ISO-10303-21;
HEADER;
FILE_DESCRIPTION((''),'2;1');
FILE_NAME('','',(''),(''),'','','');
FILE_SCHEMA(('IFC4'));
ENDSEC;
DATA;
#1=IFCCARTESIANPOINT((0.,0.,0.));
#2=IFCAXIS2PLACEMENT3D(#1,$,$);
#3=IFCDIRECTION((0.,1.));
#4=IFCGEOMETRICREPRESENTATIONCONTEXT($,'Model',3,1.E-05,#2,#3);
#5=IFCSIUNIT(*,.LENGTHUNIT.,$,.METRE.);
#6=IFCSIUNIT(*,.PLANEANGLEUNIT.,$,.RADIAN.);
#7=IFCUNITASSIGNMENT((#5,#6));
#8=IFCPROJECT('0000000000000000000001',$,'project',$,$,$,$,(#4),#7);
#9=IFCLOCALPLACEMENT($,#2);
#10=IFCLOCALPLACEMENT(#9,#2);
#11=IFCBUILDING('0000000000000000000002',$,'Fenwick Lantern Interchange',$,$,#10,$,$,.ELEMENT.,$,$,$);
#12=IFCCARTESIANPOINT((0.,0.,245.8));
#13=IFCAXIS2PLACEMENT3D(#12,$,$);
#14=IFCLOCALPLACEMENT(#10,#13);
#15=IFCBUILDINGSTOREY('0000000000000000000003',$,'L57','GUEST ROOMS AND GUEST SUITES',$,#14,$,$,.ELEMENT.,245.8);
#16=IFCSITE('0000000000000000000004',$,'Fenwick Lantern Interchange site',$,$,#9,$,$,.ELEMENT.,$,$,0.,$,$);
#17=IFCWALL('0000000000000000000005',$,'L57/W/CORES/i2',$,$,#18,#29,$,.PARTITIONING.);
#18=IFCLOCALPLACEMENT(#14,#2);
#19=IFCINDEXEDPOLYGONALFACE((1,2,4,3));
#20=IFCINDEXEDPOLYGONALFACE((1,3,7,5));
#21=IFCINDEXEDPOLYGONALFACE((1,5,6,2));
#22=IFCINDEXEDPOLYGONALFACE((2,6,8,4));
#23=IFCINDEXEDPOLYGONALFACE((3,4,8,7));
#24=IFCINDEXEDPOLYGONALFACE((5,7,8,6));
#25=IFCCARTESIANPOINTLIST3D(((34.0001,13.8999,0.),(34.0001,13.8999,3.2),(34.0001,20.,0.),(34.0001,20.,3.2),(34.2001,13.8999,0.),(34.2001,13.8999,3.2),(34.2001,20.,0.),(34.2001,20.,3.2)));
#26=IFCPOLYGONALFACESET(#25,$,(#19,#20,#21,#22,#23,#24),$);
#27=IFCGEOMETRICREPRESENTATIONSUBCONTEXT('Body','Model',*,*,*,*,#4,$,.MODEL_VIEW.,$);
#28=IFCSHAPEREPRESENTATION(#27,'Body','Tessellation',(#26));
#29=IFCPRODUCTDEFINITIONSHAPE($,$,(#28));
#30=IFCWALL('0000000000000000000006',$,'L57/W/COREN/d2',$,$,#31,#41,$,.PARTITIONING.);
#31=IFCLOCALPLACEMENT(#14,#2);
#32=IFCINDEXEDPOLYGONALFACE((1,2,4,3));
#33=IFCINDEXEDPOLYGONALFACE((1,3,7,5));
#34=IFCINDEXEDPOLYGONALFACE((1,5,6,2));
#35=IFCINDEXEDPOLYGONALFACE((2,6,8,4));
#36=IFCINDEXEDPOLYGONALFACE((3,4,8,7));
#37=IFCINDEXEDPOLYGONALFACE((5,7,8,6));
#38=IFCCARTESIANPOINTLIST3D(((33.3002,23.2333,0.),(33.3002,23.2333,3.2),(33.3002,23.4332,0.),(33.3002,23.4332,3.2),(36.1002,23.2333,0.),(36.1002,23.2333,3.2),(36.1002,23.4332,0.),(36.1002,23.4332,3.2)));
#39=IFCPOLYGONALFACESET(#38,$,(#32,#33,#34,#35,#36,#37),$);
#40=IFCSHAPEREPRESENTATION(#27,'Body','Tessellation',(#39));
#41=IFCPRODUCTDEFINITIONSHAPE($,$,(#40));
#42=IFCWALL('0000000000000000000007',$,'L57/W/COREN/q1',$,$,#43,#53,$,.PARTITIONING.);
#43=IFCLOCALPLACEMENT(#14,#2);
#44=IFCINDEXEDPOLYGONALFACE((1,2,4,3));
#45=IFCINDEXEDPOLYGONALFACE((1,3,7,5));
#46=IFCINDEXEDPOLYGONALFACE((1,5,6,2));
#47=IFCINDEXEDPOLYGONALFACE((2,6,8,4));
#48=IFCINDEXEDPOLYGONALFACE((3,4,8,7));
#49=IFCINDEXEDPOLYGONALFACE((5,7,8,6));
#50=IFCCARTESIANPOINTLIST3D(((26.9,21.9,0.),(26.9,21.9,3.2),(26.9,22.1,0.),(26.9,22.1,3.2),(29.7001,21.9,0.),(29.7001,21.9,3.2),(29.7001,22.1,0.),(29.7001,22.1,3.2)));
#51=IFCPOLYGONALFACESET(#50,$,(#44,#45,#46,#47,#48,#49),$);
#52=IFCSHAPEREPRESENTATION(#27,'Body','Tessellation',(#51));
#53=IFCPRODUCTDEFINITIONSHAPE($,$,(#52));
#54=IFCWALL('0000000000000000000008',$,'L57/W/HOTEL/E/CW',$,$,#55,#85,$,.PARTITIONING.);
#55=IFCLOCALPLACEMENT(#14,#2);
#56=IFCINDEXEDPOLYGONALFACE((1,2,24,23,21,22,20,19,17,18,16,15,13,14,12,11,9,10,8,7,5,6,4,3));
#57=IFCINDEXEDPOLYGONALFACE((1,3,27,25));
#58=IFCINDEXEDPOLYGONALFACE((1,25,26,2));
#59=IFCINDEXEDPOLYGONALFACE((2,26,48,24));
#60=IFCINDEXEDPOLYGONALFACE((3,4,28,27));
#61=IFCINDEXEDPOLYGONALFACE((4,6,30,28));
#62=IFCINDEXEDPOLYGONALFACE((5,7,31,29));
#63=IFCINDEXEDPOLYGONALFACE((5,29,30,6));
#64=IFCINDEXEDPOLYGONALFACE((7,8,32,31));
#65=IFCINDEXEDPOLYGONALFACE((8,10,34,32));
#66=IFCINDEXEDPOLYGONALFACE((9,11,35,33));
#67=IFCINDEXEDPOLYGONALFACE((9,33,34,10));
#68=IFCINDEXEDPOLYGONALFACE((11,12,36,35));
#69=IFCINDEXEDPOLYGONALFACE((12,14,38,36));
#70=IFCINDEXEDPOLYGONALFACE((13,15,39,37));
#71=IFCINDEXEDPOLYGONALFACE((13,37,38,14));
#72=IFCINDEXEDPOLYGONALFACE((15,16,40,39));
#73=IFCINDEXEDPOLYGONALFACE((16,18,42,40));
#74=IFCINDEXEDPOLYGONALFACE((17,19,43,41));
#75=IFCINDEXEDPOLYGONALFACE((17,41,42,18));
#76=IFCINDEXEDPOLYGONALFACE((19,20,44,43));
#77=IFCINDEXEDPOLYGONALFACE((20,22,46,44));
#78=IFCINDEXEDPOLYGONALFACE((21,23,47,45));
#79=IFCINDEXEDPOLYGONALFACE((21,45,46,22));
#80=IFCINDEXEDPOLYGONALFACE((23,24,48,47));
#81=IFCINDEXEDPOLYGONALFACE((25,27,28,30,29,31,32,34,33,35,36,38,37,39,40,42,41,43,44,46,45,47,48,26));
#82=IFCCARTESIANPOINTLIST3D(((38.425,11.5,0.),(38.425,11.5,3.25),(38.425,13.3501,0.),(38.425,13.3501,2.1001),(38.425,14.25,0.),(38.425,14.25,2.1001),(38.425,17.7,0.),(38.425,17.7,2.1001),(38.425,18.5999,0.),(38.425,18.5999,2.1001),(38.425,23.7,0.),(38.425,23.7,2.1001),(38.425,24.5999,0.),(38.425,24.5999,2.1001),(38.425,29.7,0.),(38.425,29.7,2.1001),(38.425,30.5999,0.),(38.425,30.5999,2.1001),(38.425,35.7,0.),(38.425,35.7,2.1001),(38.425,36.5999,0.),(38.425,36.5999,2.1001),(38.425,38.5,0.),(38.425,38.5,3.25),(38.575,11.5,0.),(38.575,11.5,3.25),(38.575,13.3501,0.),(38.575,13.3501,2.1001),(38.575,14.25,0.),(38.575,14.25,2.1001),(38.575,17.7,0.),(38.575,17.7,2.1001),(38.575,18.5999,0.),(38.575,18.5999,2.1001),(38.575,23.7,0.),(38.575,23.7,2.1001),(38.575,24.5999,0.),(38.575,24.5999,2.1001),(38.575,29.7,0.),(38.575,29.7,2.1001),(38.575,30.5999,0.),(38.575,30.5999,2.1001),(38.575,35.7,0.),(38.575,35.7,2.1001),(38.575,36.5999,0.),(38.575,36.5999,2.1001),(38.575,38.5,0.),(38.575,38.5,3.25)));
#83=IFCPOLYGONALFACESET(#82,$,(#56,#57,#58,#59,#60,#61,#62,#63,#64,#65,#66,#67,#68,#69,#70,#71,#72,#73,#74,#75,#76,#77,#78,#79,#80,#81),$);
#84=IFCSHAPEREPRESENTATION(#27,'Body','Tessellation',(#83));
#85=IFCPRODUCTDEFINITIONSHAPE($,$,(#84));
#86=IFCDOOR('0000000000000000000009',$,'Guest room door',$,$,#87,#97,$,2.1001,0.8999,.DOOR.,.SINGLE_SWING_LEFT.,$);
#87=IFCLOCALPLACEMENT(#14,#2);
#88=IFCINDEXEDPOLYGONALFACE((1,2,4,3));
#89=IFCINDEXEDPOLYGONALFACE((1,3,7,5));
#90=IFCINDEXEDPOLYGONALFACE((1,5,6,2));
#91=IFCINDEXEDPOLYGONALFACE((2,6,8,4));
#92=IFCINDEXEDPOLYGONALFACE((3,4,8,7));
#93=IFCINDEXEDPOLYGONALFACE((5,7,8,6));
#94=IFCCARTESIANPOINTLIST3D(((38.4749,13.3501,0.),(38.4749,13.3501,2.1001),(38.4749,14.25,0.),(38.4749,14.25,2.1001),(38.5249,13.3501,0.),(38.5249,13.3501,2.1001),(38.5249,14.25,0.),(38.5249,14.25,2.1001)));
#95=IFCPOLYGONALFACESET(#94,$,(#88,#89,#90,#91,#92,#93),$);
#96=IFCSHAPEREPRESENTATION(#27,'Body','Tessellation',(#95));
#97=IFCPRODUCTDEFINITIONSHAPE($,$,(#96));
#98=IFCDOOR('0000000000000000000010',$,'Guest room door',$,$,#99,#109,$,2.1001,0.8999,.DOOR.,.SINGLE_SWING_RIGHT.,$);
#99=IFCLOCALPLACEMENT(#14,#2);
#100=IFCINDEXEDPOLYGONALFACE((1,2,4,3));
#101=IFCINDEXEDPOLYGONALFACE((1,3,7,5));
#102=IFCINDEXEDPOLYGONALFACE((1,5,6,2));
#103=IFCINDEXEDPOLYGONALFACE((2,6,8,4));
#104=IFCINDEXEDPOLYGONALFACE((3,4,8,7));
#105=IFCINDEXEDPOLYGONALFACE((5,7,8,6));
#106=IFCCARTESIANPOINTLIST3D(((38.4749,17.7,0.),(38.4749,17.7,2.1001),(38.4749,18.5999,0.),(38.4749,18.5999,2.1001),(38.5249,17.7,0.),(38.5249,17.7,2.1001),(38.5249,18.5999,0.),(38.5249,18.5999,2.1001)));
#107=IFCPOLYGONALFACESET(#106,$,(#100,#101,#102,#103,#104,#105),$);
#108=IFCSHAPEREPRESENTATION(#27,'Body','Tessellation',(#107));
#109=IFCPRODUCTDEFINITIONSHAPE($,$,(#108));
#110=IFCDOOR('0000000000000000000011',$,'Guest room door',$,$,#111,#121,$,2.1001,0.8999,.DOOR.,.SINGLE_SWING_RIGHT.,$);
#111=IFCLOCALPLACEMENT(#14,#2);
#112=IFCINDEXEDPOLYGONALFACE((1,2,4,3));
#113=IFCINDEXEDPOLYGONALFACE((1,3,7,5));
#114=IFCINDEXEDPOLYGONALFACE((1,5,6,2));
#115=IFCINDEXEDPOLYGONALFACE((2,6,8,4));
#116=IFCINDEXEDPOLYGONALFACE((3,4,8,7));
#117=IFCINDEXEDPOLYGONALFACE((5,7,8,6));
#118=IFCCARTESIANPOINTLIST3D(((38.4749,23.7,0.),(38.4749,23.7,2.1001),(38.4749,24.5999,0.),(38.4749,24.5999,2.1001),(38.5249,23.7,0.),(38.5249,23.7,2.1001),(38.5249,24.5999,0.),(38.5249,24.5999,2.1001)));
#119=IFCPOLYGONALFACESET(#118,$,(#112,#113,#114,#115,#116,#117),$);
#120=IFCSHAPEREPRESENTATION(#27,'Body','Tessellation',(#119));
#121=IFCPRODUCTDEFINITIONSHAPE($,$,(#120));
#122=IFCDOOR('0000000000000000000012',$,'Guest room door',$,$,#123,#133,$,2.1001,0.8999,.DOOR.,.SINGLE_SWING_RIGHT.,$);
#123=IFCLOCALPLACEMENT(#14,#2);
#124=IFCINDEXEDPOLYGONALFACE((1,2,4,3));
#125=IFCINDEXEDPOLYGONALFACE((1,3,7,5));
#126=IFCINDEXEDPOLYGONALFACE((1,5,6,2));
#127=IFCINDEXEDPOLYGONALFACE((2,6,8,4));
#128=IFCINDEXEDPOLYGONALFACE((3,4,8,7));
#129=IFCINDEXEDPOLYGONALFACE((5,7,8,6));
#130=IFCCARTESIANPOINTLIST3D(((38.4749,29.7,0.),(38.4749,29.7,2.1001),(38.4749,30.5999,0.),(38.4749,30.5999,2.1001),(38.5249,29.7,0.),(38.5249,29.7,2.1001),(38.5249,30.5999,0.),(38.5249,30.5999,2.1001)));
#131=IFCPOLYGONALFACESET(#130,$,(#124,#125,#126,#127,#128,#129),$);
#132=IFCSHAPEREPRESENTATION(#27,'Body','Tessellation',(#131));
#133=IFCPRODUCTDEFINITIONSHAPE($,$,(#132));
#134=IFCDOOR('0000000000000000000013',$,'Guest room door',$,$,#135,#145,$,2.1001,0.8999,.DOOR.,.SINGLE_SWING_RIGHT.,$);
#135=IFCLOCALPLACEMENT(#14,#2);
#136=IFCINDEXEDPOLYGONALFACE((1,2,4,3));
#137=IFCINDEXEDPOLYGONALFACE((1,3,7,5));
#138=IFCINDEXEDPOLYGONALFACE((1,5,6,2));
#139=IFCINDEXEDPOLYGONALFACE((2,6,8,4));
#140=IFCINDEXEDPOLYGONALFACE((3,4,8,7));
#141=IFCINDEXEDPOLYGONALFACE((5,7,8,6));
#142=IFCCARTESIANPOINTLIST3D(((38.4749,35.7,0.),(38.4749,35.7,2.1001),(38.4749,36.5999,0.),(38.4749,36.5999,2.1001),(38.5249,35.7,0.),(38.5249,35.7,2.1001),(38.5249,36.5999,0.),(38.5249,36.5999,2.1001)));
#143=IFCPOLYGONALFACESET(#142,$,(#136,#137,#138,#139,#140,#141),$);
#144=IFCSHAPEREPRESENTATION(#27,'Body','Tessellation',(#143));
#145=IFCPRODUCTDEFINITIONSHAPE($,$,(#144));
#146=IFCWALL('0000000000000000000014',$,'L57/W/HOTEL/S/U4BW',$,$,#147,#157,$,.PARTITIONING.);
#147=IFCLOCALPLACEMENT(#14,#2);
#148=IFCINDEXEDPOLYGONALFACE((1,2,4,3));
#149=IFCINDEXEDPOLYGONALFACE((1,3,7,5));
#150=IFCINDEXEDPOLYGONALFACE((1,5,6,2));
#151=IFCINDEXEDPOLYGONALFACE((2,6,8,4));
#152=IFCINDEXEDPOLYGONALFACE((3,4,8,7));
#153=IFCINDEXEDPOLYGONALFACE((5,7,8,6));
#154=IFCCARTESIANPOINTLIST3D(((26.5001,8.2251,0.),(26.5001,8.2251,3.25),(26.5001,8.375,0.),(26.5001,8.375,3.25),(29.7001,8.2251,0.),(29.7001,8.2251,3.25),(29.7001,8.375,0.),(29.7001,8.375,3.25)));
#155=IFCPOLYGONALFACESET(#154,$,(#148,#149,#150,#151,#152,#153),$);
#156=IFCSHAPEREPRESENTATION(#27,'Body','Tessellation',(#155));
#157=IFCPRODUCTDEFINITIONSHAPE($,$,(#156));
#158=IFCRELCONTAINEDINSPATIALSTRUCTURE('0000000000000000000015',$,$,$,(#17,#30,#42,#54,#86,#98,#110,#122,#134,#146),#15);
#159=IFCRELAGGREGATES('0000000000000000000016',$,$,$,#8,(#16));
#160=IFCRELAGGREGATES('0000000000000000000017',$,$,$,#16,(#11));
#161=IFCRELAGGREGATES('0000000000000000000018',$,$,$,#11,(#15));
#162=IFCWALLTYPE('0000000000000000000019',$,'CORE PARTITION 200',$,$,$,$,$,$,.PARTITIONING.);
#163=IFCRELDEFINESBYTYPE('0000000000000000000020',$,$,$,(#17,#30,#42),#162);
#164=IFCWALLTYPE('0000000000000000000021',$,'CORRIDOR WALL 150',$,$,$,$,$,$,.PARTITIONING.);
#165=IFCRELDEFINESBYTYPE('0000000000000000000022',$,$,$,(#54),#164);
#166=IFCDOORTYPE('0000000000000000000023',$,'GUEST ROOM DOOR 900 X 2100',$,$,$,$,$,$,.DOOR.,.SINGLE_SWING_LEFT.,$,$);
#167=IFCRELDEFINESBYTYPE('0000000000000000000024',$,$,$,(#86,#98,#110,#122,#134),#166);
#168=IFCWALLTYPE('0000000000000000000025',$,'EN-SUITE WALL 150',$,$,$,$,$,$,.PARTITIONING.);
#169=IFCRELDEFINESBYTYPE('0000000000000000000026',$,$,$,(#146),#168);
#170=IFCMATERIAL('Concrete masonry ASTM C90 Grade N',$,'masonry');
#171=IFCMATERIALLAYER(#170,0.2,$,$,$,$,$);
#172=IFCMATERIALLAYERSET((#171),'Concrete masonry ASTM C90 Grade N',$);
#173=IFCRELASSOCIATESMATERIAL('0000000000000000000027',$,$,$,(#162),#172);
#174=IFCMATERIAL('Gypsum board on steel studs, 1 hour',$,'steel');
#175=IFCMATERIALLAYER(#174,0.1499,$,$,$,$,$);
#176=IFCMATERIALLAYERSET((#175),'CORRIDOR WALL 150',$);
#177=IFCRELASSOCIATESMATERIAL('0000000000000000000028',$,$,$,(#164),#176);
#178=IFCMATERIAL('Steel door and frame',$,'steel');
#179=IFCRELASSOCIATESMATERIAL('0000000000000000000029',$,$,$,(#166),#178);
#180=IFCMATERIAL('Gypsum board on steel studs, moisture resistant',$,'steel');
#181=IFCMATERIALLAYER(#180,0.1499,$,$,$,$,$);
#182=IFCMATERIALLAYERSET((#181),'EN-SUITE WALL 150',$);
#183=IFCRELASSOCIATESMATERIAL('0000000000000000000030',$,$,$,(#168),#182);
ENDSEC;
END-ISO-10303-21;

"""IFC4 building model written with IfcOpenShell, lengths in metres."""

from ifc_helpers import new_model, si_unit, direction, frame, frame_2d, origin, place, context, subcontext, project, spatial, rectangle, extrude, material, layer, layer_set, type_object, element, fill, save


model = new_model("IFC4")

# Units and contexts
model_context = context("Model", 3, precision=1e-05, world=origin(), true_north=direction((0.0, 1.0)))
body_context = subcontext(model_context, "Body", "Model", "MODEL_VIEW")
ifc_project = project(units=[si_unit("LENGTHUNIT", "METRE"), si_unit("PLANEANGLEUNIT", "RADIAN")], contexts=[model_context])

# Site, building, storey
site_placement = place(None, origin())
site = spatial("IfcSite", under=ifc_project, at=site_placement, Name="Fenwick Lantern Interchange site", CompositionType="ELEMENT", RefElevation=0.0)
building_placement = place(site_placement, origin())
building = spatial("IfcBuilding", under=site, at=building_placement, Name="Fenwick Lantern Interchange", CompositionType="ELEMENT")
storey_placement = place(building_placement, frame((0.0, 0.0, 245.8)))
storey = spatial("IfcBuildingStorey", under=building, at=storey_placement, Name="L57", Description="GUEST ROOMS AND GUEST SUITES", CompositionType="ELEMENT", Elevation=245.8)

# Shared definitions
ifc_material_1 = material(Name="Concrete masonry ASTM C90 Grade N", Category="masonry")
ifc_layer_1 = layer(ifc_material_1, 0.2)
ifc_layer_set_1 = layer_set([ifc_layer_1], Name="Concrete masonry ASTM C90 Grade N")
wall_type_1 = type_object("IfcWallType", Name="CORE PARTITION 200", PredefinedType="PARTITIONING", material=ifc_layer_set_1)
ifc_material_2 = material(Name="Steel door and frame", Category="steel")

# Walls
wall_1_placement = place(storey_placement, frame((34.1001, 13.8999, 0.0), z_axis=(0.0, 0.0, 1.0), x_axis=(0.0, 1.0, 0.0)))
element("IfcWall", 1, at=wall_1_placement, inside=storey, type_object=wall_type_1, Name="L57/W/CORES/i2", PredefinedType="PARTITIONING", context=body_context, shape_type="SweptSolid", body=[
    extrude(rectangle(XDim=6.1001, YDim=0.2, at=frame_2d((3.05, 0.0))), origin(), (0.0, 0.0, 1.0), 3.2),
])
for number, where, z_axis, x_axis, name in (
    (2, (36.1001, 23.3333, 0.0), (0.0, 0.0, 1.0), (-1.0, 0.0, 0.0), "L57/W/COREN/d2"),
    (3, (29.7, 22.0, 0.0), (0.0, 0.0, 1.0), (-1.0, 0.0, 0.0), "L57/W/COREN/q1"),
):
    element("IfcWall", number, at=place(storey_placement, frame(where, z_axis=z_axis, x_axis=x_axis)), inside=storey, type_object=wall_type_1, Name=name, PredefinedType="PARTITIONING", context=body_context, shape_type="SweptSolid", body=[
        extrude(rectangle(XDim=2.8, YDim=0.2, at=frame_2d((1.3999, 0.0))), origin(), (0.0, 0.0, 1.0), 3.2),
    ])

# Wall, openings, doors
ifc_material_3 = material(Name="Gypsum board on steel studs, 1 hour", Category="steel")
ifc_layer_2 = layer(ifc_material_3, 0.1499)
ifc_layer_set_2 = layer_set([ifc_layer_2], Name="CORRIDOR WALL 150")
wall_type_2 = type_object("IfcWallType", Name="CORRIDOR WALL 150", PredefinedType="PARTITIONING", material=ifc_layer_set_2)
wall_2_placement = place(storey_placement, frame((38.5, 11.5, 0.0), z_axis=(0.0, 0.0, 1.0), x_axis=(0.0, 1.0, 0.0)))
wall_2 = element("IfcWall", 4, at=wall_2_placement, inside=storey, type_object=wall_type_2, Name="L57/W/HOTEL/E/CW", PredefinedType="PARTITIONING", context=body_context, shape_type="SweptSolid", body=[
    extrude(rectangle(XDim=27.0, YDim=0.1499, at=frame_2d((13.5, 0.0))), origin(), (0.0, 0.0, 1.0), 3.25),
])
opening_1_placement = place(wall_2_placement, frame((1.8501, 0.0, 0.0)))
opening_1 = element("IfcOpeningElement", 5, at=opening_1_placement, cuts=wall_2, PredefinedType="OPENING", context=body_context, shape_type="SweptSolid", body=[
    extrude(rectangle(XDim=0.8999, YDim=2.1001, at=frame_2d((0.45, 1.05))), frame((0.0, 0.085, 0.0), z_axis=(0.0, -1.0, 0.0), x_axis=(1.0, 0.0, 0.0)), (0.0, 0.0, 1.0), 0.1699),
])
opening_2_placement = place(wall_2_placement, frame((6.2, 0.0, 0.0)))
opening_2 = element("IfcOpeningElement", 6, at=opening_2_placement, cuts=wall_2, PredefinedType="OPENING", context=body_context, shape_type="SweptSolid", body=[
    extrude(rectangle(XDim=0.8999, YDim=2.1001, at=frame_2d((0.45, 1.05))), frame((0.0, 0.085, 0.0), z_axis=(0.0, -1.0, 0.0), x_axis=(1.0, 0.0, 0.0)), (0.0, 0.0, 1.0), 0.1699),
])
opening_3_placement = place(wall_2_placement, frame((12.2, 0.0, 0.0)))
opening_3 = element("IfcOpeningElement", 7, at=opening_3_placement, cuts=wall_2, PredefinedType="OPENING", context=body_context, shape_type="SweptSolid", body=[
    extrude(rectangle(XDim=0.8999, YDim=2.1001, at=frame_2d((0.45, 1.05))), frame((0.0, 0.085, 0.0), z_axis=(0.0, -1.0, 0.0), x_axis=(1.0, 0.0, 0.0)), (0.0, 0.0, 1.0), 0.1699),
])
opening_4_placement = place(wall_2_placement, frame((18.2, 0.0, 0.0)))
opening_4 = element("IfcOpeningElement", 8, at=opening_4_placement, cuts=wall_2, PredefinedType="OPENING", context=body_context, shape_type="SweptSolid", body=[
    extrude(rectangle(XDim=0.8999, YDim=2.1001, at=frame_2d((0.45, 1.05))), frame((0.0, 0.085, 0.0), z_axis=(0.0, -1.0, 0.0), x_axis=(1.0, 0.0, 0.0)), (0.0, 0.0, 1.0), 0.1699),
])
opening_5_placement = place(wall_2_placement, frame((24.2, 0.0, 0.0)))
opening_5 = element("IfcOpeningElement", 9, at=opening_5_placement, cuts=wall_2, PredefinedType="OPENING", context=body_context, shape_type="SweptSolid", body=[
    extrude(rectangle(XDim=0.8999, YDim=2.1001, at=frame_2d((0.45, 1.05))), frame((0.0, 0.085, 0.0), z_axis=(0.0, -1.0, 0.0), x_axis=(1.0, 0.0, 0.0)), (0.0, 0.0, 1.0), 0.1699),
])
door_type_1 = type_object("IfcDoorType", Name="GUEST ROOM DOOR 900 X 2100", OperationType="SINGLE_SWING_LEFT", PredefinedType="DOOR", material=ifc_material_2)
door_1_placement = place(opening_1_placement, frame((0.8999, 0.0, 0.0), z_axis=(0.0, 0.0, 1.0), x_axis=(-1.0, 0.0, 0.0)))
door_1 = element("IfcDoor", 10, at=door_1_placement, inside=storey, type_object=door_type_1, Name="Guest room door", OperationType="SINGLE_SWING_LEFT", OverallHeight=2.1001, OverallWidth=0.8999, PredefinedType="DOOR", context=body_context, shape_type="SweptSolid", body=[
    extrude(rectangle(XDim=0.8999, YDim=2.1001, at=frame_2d((0.45, 1.05))), frame((0.0, 0.0249, 0.0), z_axis=(0.0, -1.0, 0.0), x_axis=(1.0, 0.0, 0.0)), (0.0, 0.0, 1.0), 0.05),
])
fill(opening_1, door_1)
door_2_placement = place(opening_2_placement, frame((0.8999, 0.0, 0.0), z_axis=(0.0, 0.0, 1.0), x_axis=(-1.0, 0.0, 0.0)))
door_2 = element("IfcDoor", 11, at=door_2_placement, inside=storey, type_object=door_type_1, Name="Guest room door", OperationType="SINGLE_SWING_RIGHT", OverallHeight=2.1001, OverallWidth=0.8999, PredefinedType="DOOR", context=body_context, shape_type="SweptSolid", body=[
    extrude(rectangle(XDim=0.8999, YDim=2.1001, at=frame_2d((0.45, 1.05))), frame((0.0, 0.0249, 0.0), z_axis=(0.0, -1.0, 0.0), x_axis=(1.0, 0.0, 0.0)), (0.0, 0.0, 1.0), 0.05),
])
fill(opening_2, door_2)
door_3_placement = place(opening_3_placement, frame((0.8999, 0.0, 0.0), z_axis=(0.0, 0.0, 1.0), x_axis=(-1.0, 0.0, 0.0)))
door_3 = element("IfcDoor", 12, at=door_3_placement, inside=storey, type_object=door_type_1, Name="Guest room door", OperationType="SINGLE_SWING_RIGHT", OverallHeight=2.1001, OverallWidth=0.8999, PredefinedType="DOOR", context=body_context, shape_type="SweptSolid", body=[
    extrude(rectangle(XDim=0.8999, YDim=2.1001, at=frame_2d((0.45, 1.05))), frame((0.0, 0.0249, 0.0), z_axis=(0.0, -1.0, 0.0), x_axis=(1.0, 0.0, 0.0)), (0.0, 0.0, 1.0), 0.05),
])
fill(opening_3, door_3)
door_4_placement = place(opening_4_placement, frame((0.8999, 0.0, 0.0), z_axis=(0.0, 0.0, 1.0), x_axis=(-1.0, 0.0, 0.0)))
door_4 = element("IfcDoor", 13, at=door_4_placement, inside=storey, type_object=door_type_1, Name="Guest room door", OperationType="SINGLE_SWING_RIGHT", OverallHeight=2.1001, OverallWidth=0.8999, PredefinedType="DOOR", context=body_context, shape_type="SweptSolid", body=[
    extrude(rectangle(XDim=0.8999, YDim=2.1001, at=frame_2d((0.45, 1.05))), frame((0.0, 0.0249, 0.0), z_axis=(0.0, -1.0, 0.0), x_axis=(1.0, 0.0, 0.0)), (0.0, 0.0, 1.0), 0.05),
])
fill(opening_4, door_4)
door_5_placement = place(opening_5_placement, frame((0.8999, 0.0, 0.0), z_axis=(0.0, 0.0, 1.0), x_axis=(-1.0, 0.0, 0.0)))
door_5 = element("IfcDoor", 14, at=door_5_placement, inside=storey, type_object=door_type_1, Name="Guest room door", OperationType="SINGLE_SWING_RIGHT", OverallHeight=2.1001, OverallWidth=0.8999, PredefinedType="DOOR", context=body_context, shape_type="SweptSolid", body=[
    extrude(rectangle(XDim=0.8999, YDim=2.1001, at=frame_2d((0.45, 1.05))), frame((0.0, 0.0249, 0.0), z_axis=(0.0, -1.0, 0.0), x_axis=(1.0, 0.0, 0.0)), (0.0, 0.0, 1.0), 0.05),
])
fill(opening_5, door_5)

# Wall
ifc_material_4 = material(Name="Gypsum board on steel studs, moisture resistant", Category="steel")
ifc_layer_3 = layer(ifc_material_4, 0.1499)
ifc_layer_set_3 = layer_set([ifc_layer_3], Name="EN-SUITE WALL 150")
wall_type_3 = type_object("IfcWallType", Name="EN-SUITE WALL 150", PredefinedType="PARTITIONING", material=ifc_layer_set_3)
wall_3_placement = place(storey_placement, frame((26.5, 8.3, 0.0), z_axis=(0.0, 0.0, 1.0), x_axis=(1.0, 0.0, 0.0)))
element("IfcWall", 15, at=wall_3_placement, inside=storey, type_object=wall_type_3, Name="L57/W/HOTEL/S/U4BW", PredefinedType="PARTITIONING", context=body_context, shape_type="SweptSolid", body=[
    extrude(rectangle(XDim=3.2, YDim=0.1499, at=frame_2d((1.6001, 0.0))), origin(), (0.0, 0.0, 1.0), 3.25),
])

save(model, "model.ifc")
